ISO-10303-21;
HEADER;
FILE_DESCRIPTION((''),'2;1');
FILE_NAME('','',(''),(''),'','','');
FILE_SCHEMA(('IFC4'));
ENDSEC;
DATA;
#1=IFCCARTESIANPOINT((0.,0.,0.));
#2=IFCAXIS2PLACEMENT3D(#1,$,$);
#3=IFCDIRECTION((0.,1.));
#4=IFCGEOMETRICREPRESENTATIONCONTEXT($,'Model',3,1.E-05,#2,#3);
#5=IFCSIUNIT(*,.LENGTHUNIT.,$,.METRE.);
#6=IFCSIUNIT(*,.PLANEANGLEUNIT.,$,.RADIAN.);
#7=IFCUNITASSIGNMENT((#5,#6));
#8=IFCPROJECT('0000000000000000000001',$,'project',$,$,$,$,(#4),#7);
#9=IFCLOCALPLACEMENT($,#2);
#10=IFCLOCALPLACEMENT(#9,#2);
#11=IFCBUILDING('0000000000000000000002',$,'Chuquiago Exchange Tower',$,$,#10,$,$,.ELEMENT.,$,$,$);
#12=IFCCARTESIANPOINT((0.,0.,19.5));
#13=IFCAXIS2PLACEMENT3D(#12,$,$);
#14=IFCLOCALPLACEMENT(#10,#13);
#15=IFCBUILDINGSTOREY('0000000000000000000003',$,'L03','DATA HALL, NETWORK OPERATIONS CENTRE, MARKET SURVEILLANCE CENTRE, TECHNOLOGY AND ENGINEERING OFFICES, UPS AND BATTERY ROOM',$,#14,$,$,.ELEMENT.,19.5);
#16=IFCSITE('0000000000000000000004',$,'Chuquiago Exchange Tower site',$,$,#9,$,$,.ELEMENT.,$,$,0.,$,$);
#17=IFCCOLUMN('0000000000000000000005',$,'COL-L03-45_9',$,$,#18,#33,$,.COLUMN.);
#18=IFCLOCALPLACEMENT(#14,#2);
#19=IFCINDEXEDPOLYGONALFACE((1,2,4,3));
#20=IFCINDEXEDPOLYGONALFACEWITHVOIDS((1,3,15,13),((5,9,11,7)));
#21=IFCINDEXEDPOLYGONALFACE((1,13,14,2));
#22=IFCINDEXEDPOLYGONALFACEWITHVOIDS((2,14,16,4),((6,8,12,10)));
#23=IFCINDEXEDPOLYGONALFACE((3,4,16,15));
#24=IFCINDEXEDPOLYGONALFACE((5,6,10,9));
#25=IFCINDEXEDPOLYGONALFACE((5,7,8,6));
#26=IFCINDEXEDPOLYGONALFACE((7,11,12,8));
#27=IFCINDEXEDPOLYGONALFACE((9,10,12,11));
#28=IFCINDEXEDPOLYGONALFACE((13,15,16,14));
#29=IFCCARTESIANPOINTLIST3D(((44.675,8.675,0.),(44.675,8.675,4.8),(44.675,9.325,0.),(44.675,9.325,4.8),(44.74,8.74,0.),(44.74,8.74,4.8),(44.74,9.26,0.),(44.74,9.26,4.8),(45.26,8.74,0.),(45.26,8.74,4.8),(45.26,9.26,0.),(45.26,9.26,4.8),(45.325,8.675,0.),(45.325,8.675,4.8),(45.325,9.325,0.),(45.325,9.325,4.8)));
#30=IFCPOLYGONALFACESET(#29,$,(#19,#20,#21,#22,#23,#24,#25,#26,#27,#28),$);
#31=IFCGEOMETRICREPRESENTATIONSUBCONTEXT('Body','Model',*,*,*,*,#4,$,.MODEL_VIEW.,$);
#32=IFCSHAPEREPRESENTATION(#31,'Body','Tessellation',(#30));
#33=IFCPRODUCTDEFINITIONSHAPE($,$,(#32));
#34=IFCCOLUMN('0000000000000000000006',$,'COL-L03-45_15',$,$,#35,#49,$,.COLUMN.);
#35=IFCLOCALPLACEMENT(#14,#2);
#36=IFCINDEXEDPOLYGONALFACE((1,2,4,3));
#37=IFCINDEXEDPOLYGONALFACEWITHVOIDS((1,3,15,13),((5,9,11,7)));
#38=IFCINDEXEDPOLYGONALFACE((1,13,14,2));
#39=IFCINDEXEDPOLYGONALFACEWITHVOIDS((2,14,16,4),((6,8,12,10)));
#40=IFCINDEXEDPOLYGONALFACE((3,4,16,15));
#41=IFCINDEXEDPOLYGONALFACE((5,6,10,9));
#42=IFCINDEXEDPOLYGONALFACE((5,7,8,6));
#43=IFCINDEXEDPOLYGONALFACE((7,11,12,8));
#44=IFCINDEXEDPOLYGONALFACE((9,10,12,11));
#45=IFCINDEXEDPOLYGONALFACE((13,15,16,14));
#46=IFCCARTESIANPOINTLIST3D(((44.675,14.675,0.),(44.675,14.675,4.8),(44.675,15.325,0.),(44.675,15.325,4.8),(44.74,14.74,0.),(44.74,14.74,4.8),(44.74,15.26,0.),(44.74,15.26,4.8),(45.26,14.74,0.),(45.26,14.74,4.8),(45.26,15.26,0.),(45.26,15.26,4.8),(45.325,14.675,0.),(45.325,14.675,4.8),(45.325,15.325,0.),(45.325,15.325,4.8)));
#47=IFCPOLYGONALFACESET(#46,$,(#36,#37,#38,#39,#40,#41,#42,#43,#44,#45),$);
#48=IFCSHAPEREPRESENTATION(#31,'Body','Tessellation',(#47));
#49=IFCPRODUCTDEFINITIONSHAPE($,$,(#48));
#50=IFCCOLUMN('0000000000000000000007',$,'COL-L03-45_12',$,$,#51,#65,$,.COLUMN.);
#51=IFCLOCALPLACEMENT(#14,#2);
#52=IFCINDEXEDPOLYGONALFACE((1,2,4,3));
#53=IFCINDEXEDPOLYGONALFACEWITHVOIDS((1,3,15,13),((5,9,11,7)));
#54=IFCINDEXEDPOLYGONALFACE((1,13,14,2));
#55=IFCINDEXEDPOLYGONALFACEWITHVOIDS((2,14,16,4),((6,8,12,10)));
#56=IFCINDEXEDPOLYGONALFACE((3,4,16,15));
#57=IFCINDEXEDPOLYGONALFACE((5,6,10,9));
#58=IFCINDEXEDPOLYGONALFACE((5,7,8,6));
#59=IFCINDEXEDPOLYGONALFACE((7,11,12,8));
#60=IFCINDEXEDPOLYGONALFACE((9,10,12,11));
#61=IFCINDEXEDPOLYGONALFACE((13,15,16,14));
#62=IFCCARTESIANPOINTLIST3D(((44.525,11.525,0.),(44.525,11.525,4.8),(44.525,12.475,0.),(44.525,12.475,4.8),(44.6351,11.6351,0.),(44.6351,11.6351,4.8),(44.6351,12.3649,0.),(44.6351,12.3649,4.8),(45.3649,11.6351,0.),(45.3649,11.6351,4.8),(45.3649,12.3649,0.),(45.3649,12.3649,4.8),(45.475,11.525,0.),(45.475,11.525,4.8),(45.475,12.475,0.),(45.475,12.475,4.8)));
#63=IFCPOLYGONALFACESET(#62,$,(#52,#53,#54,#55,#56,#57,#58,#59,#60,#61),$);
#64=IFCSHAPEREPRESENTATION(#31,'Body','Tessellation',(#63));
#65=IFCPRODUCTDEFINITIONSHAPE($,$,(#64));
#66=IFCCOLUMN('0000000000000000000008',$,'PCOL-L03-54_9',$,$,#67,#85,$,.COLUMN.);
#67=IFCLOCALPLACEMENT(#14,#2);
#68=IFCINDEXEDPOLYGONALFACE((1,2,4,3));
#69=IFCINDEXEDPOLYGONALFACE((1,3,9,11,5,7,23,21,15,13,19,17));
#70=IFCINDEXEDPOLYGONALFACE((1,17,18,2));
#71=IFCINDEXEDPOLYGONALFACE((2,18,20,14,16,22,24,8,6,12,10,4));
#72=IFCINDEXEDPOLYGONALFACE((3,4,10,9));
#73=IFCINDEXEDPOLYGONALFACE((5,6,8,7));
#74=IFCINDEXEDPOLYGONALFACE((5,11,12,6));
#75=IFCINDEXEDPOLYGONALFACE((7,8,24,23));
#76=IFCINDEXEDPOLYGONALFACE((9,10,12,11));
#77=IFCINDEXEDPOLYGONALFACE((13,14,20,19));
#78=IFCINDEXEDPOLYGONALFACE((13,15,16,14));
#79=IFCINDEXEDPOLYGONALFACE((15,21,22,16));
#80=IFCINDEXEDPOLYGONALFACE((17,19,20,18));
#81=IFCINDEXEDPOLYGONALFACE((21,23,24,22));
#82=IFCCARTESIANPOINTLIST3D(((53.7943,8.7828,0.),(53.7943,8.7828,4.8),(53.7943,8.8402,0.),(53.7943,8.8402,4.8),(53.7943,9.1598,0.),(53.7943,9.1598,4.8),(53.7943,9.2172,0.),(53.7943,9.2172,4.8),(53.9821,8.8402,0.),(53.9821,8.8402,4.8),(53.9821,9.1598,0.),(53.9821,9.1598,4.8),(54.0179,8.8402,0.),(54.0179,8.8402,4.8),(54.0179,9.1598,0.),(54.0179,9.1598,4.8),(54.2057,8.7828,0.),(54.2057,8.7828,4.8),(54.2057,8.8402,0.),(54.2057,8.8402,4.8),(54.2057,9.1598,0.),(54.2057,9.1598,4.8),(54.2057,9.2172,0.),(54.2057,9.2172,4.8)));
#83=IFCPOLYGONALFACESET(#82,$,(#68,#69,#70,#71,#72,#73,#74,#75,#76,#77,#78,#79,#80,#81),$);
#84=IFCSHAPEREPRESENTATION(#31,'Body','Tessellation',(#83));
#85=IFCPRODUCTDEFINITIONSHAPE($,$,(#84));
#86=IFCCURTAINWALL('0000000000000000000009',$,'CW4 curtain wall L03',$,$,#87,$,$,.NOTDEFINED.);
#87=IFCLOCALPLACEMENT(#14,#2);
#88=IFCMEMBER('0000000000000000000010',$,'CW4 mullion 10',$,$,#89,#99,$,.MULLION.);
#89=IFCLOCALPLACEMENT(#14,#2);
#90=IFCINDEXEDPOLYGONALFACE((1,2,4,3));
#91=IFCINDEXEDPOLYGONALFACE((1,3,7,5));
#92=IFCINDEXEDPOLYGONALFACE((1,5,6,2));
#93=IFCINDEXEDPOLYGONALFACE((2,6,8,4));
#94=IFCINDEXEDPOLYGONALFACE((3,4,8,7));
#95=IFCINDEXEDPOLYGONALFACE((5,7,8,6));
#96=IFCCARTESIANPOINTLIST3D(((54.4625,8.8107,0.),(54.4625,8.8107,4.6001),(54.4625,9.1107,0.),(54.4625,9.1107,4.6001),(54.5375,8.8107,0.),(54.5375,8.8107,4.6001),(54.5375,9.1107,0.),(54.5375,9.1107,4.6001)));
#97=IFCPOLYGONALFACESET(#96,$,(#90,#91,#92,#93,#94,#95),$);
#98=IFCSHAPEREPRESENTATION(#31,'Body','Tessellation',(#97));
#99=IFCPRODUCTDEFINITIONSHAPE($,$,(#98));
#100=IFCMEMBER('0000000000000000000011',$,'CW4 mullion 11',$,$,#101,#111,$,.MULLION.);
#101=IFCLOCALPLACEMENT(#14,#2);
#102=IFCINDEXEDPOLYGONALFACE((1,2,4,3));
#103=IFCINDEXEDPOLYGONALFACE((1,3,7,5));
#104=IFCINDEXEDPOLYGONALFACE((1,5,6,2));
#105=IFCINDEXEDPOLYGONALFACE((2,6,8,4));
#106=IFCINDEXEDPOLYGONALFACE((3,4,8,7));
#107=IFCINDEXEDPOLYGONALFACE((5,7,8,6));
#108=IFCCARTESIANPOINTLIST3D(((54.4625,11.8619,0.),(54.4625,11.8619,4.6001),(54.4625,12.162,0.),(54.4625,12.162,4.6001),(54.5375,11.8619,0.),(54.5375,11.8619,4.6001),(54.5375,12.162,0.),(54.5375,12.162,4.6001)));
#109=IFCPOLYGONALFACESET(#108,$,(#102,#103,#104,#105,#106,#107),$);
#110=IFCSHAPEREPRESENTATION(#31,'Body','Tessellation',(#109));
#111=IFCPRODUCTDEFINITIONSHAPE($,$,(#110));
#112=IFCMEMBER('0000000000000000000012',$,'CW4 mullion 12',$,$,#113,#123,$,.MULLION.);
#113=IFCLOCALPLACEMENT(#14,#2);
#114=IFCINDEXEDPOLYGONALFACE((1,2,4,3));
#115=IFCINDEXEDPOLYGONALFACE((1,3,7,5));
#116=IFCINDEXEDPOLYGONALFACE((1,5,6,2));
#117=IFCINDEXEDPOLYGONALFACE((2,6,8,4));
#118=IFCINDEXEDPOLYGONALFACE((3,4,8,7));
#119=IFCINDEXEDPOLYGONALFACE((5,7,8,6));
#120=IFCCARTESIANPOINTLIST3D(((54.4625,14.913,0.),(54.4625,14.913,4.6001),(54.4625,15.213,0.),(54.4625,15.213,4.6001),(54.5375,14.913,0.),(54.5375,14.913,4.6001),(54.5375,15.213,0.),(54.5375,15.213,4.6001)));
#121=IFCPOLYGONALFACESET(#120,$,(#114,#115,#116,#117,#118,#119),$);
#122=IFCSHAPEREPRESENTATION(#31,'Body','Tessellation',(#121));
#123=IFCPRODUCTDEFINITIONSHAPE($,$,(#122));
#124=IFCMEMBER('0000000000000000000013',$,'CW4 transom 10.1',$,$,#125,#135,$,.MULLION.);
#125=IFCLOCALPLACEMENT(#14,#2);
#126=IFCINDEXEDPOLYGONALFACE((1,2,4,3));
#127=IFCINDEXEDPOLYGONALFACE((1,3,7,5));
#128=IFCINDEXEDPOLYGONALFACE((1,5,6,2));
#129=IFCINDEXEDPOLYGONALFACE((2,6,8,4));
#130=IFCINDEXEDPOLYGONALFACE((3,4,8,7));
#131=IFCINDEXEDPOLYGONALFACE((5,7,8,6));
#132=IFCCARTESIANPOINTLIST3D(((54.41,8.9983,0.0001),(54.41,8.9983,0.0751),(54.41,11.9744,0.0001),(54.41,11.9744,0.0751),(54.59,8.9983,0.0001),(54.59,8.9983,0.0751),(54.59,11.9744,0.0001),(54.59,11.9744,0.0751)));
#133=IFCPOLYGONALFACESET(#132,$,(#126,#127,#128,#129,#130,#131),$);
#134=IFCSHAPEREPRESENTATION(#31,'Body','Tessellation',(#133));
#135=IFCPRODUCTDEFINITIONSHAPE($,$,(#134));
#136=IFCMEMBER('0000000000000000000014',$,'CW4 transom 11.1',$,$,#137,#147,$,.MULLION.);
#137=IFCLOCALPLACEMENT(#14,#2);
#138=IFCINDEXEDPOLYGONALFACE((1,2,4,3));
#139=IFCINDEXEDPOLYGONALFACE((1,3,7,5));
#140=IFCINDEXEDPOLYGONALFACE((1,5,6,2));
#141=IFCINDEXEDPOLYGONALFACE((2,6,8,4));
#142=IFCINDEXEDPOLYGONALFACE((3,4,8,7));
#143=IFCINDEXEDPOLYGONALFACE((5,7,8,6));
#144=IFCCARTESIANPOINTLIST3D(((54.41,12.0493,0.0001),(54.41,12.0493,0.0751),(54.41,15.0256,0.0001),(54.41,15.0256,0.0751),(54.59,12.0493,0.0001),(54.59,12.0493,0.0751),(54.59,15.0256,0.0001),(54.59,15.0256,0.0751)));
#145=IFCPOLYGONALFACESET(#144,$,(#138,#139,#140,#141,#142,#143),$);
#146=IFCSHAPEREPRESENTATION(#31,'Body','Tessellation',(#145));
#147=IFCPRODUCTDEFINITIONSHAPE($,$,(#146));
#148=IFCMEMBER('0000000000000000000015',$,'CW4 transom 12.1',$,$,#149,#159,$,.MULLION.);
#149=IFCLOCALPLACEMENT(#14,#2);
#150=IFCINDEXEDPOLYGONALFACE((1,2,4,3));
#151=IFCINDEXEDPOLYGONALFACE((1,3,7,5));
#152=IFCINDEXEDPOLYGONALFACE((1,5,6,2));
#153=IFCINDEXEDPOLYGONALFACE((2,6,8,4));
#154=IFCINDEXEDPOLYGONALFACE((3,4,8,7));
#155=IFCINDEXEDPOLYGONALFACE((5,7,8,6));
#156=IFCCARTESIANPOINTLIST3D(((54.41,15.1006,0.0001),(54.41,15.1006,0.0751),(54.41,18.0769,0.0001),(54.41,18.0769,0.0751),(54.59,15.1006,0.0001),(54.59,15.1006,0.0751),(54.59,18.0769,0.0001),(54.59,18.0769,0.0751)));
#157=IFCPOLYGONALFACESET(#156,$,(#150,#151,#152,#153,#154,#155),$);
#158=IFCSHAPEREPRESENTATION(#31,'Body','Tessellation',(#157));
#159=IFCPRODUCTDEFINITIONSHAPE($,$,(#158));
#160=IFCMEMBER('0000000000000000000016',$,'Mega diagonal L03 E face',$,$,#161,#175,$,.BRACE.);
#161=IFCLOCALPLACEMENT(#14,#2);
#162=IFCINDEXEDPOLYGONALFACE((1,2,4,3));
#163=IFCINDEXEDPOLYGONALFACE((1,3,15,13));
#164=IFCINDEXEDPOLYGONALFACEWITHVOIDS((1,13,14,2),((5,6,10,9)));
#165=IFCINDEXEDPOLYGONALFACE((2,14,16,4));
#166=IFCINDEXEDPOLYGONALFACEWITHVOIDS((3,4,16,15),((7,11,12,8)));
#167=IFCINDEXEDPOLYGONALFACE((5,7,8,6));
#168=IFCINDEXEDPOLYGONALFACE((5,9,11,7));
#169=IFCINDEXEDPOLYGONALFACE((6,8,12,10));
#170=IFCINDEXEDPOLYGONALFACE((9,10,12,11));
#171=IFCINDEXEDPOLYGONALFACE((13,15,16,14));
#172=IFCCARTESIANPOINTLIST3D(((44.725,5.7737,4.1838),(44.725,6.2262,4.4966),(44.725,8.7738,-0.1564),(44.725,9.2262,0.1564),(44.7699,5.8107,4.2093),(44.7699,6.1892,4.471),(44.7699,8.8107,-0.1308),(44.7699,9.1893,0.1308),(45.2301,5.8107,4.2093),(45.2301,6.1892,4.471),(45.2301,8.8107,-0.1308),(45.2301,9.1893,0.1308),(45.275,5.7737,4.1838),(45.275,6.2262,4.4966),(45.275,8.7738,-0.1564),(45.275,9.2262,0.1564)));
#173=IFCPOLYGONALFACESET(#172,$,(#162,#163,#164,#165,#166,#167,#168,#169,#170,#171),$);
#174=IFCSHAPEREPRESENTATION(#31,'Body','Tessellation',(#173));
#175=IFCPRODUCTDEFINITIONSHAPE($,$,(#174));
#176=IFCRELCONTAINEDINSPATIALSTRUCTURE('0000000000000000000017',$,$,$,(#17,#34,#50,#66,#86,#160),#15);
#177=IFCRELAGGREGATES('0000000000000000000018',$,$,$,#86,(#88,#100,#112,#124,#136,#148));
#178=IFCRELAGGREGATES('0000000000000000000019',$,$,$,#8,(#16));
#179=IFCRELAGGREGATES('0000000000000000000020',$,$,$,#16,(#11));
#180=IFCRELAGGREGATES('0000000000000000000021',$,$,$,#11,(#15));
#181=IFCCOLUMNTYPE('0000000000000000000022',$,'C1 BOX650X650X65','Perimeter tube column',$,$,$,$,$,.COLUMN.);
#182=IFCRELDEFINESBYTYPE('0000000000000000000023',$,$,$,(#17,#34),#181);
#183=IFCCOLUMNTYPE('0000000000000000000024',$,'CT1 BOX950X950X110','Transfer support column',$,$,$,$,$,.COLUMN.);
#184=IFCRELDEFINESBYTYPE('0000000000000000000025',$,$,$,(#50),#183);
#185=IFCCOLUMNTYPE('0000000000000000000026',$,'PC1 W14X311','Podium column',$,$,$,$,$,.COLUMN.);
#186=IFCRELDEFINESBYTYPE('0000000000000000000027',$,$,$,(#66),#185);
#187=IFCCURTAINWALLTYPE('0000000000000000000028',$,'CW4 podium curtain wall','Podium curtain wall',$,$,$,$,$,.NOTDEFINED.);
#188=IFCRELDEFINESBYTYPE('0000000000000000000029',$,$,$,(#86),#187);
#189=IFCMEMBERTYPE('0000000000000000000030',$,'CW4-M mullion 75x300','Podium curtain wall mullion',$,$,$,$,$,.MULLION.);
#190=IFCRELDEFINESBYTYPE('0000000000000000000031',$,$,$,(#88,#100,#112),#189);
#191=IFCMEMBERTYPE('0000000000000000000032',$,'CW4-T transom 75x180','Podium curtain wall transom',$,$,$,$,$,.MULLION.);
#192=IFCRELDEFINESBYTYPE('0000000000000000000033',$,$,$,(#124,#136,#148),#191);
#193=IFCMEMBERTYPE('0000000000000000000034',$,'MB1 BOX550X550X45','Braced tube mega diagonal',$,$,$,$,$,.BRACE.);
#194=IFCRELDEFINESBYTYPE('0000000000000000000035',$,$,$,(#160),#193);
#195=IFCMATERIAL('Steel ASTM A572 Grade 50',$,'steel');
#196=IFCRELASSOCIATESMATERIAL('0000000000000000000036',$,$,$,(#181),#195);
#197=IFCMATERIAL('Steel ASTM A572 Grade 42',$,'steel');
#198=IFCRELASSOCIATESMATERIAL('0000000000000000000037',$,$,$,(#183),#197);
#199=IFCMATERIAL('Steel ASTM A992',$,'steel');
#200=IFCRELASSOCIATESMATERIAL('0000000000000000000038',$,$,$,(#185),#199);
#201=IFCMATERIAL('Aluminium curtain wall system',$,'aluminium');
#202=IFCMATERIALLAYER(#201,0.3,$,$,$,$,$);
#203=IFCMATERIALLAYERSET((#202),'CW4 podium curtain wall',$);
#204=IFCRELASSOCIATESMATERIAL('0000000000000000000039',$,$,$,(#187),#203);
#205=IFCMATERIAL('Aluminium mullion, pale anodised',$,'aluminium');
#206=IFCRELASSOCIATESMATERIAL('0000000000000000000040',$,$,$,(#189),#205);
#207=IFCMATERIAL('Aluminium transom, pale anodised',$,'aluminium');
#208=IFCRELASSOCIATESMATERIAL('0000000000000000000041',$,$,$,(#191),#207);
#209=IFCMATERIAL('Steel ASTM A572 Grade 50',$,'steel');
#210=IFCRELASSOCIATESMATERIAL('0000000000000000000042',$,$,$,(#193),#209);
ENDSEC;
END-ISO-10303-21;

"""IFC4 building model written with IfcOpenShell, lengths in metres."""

from ifc_helpers import new_model, si_unit, direction, frame, origin, origin_2d, place, context, subcontext, project, spatial, rectangle, hollow_rectangle, i_section, extrude, material, layer, layer_set, material_profile, profile_set, type_object, element, aggregate, save


model = new_model("IFC4")

# Units and contexts
model_context = context("Model", 3, precision=1e-05, world=origin(), true_north=direction((0.0, 1.0)))
body_context = subcontext(model_context, "Body", "Model", "MODEL_VIEW")
ifc_project = project(units=[si_unit("LENGTHUNIT", "METRE"), si_unit("PLANEANGLEUNIT", "RADIAN")], contexts=[model_context])

# Site, building, storey
site_placement = place(None, origin())
site = spatial("IfcSite", under=ifc_project, at=site_placement, Name="Chuquiago Exchange Tower site", CompositionType="ELEMENT", RefElevation=0.0)
building_placement = place(site_placement, origin())
building = spatial("IfcBuilding", under=site, at=building_placement, Name="Chuquiago Exchange Tower", CompositionType="ELEMENT")
storey_placement = place(building_placement, frame((0.0, 0.0, 19.5)))
storey = spatial("IfcBuildingStorey", under=building, at=storey_placement, Name="L03", Description="DATA HALL, NETWORK OPERATIONS CENTRE, MARKET SURVEILLANCE CENTRE, TECHNOLOGY AND ENGINEERING OFFICES, UPS AND BATTERY ROOM", CompositionType="ELEMENT", Elevation=19.5)

# Columns
ifc_material_1 = material(Name="Steel ASTM A572 Grade 50", Category="steel")
ifc_material_profile_1 = material_profile(ifc_material_1, hollow_rectangle(XDim=0.6499, YDim=0.6499, WallThickness=0.0649, at=origin_2d()), Name="BOX650X650X65")
ifc_profile_set_1 = profile_set([ifc_material_profile_1], Name="Steel ASTM A572 Grade 50")
column_type_1 = type_object("IfcColumnType", Name="C1 BOX650X650X65", Description="Perimeter tube column", PredefinedType="COLUMN", material=ifc_profile_set_1)
for number, where, z_axis, x_axis, name in (
    (1, (45.0, 9.0, 0.0), (0.0, 0.0, 1.0), (1.0, 0.0, 0.0), "COL-L03-45_9"),
    (2, (45.0, 15.0, 0.0), (0.0, 0.0, 1.0), (1.0, 0.0, 0.0), "COL-L03-45_15"),
):
    element("IfcColumn", number, at=place(storey_placement, frame(where, z_axis=z_axis, x_axis=x_axis)), inside=storey, type_object=column_type_1, Name=name, PredefinedType="COLUMN", context=body_context, shape_type="SweptSolid", body=[
        extrude(hollow_rectangle(XDim=0.6499, YDim=0.6499, WallThickness=0.0649, at=origin_2d()), origin(), (0.0, 0.0, 1.0), 4.8),
    ])
ifc_material_2 = material(Name="Steel ASTM A572 Grade 42", Category="steel")
ifc_material_profile_2 = material_profile(ifc_material_2, hollow_rectangle(XDim=0.95, YDim=0.95, WallThickness=0.1101, at=origin_2d()), Name="BOX950X950X110")
ifc_profile_set_2 = profile_set([ifc_material_profile_2], Name="Steel ASTM A572 Grade 42")
column_type_2 = type_object("IfcColumnType", Name="CT1 BOX950X950X110", Description="Transfer support column", PredefinedType="COLUMN", material=ifc_profile_set_2)
column_1_placement = place(storey_placement, frame((45.0, 12.0, 0.0), z_axis=(0.0, 0.0, 1.0), x_axis=(1.0, 0.0, 0.0)))
element("IfcColumn", 3, at=column_1_placement, inside=storey, type_object=column_type_2, Name="COL-L03-45_12", PredefinedType="COLUMN", context=body_context, shape_type="SweptSolid", body=[
    extrude(hollow_rectangle(XDim=0.95, YDim=0.95, WallThickness=0.1101, at=origin_2d()), origin(), (0.0, 0.0, 1.0), 4.8),
])
ifc_material_3 = material(Name="Steel ASTM A992", Category="steel")
ifc_material_profile_3 = material_profile(ifc_material_3, i_section(OverallWidth=0.4114, OverallDepth=0.4343, WebThickness=0.0359, FlangeThickness=0.0574, at=origin_2d()), Name="W14X311")
ifc_profile_set_3 = profile_set([ifc_material_profile_3], Name="Steel ASTM A992")
column_type_3 = type_object("IfcColumnType", Name="PC1 W14X311", Description="Podium column", PredefinedType="COLUMN", material=ifc_profile_set_3)
column_2_placement = place(storey_placement, frame((54.0, 9.0, 0.0), z_axis=(0.0, 0.0, 1.0), x_axis=(1.0, 0.0, 0.0)))
element("IfcColumn", 4, at=column_2_placement, inside=storey, type_object=column_type_3, Name="PCOL-L03-54_9", PredefinedType="COLUMN", context=body_context, shape_type="SweptSolid", body=[
    extrude(i_section(OverallWidth=0.4114, OverallDepth=0.4343, WebThickness=0.0359, FlangeThickness=0.0574, at=origin_2d()), origin(), (0.0, 0.0, 1.0), 4.8),
])

# Curtain wall, members
ifc_material_4 = material(Name="Aluminium curtain wall system", Category="aluminium")
ifc_layer_1 = layer(ifc_material_4, 0.3)
ifc_layer_set_1 = layer_set([ifc_layer_1], Name="CW4 podium curtain wall")
curtain_wall_type = type_object("IfcCurtainWallType", Name="CW4 podium curtain wall", Description="Podium curtain wall", PredefinedType="NOTDEFINED", material=ifc_layer_set_1)
curtain_wall_placement = place(storey_placement, origin())
curtain_wall = element("IfcCurtainWall", 5, at=curtain_wall_placement, inside=storey, type_object=curtain_wall_type, Name="CW4 curtain wall L03", PredefinedType="NOTDEFINED")
ifc_material_5 = material(Name="Aluminium mullion, pale anodised", Category="aluminium")
ifc_material_profile_4 = material_profile(ifc_material_5, rectangle(XDim=0.075, YDim=0.3, at=origin_2d()), Name="AL 75x300")
ifc_profile_set_4 = profile_set([ifc_material_profile_4], Name="Aluminium mullion, pale anodised")
member_type_1 = type_object("IfcMemberType", Name="CW4-M mullion 75x300", Description="Podium curtain wall mullion", PredefinedType="MULLION", material=ifc_profile_set_4)
member_1_placement = place(storey_placement, frame((54.5, 8.9607, 0.0), z_axis=(0.0, 0.0, 1.0), x_axis=(-1.0, 0.0, 0.0)))
member_1 = element("IfcMember", 6, at=member_1_placement, type_object=member_type_1, Name="CW4 mullion 10", PredefinedType="MULLION", context=body_context, shape_type="SweptSolid", body=[
    extrude(rectangle(XDim=0.075, YDim=0.3, at=origin_2d()), origin(), (0.0, 0.0, 1.0), 4.6001),
])
member_2_placement = place(storey_placement, frame((54.5, 12.012, 0.0), z_axis=(0.0, 0.0, 1.0), x_axis=(-1.0, 0.0, 0.0)))
member_2 = element("IfcMember", 7, at=member_2_placement, type_object=member_type_1, Name="CW4 mullion 11", PredefinedType="MULLION", context=body_context, shape_type="SweptSolid", body=[
    extrude(rectangle(XDim=0.075, YDim=0.3, at=origin_2d()), origin(), (0.0, 0.0, 1.0), 4.6001),
])
member_3_placement = place(storey_placement, frame((54.5, 15.063, 0.0), z_axis=(0.0, 0.0, 1.0), x_axis=(-1.0, 0.0, 0.0)))
member_3 = element("IfcMember", 8, at=member_3_placement, type_object=member_type_1, Name="CW4 mullion 12", PredefinedType="MULLION", context=body_context, shape_type="SweptSolid", body=[
    extrude(rectangle(XDim=0.075, YDim=0.3, at=origin_2d()), origin(), (0.0, 0.0, 1.0), 4.6001),
])
ifc_material_6 = material(Name="Aluminium transom, pale anodised", Category="aluminium")
ifc_material_profile_5 = material_profile(ifc_material_6, rectangle(XDim=0.1799, YDim=0.075, at=origin_2d()), Name="AL 180x75")
ifc_profile_set_5 = profile_set([ifc_material_profile_5], Name="Aluminium transom, pale anodised")
member_type_2 = type_object("IfcMemberType", Name="CW4-T transom 75x180", Description="Podium curtain wall transom", PredefinedType="MULLION", material=ifc_profile_set_5)
member_4_placement = place(storey_placement, frame((54.5, 8.9983, 0.0376), z_axis=(0.0, 1.0, 0.0), x_axis=(-1.0, 0.0, 0.0)))
member_4 = element("IfcMember", 9, at=member_4_placement, type_object=member_type_2, Name="CW4 transom 10.1", PredefinedType="MULLION", context=body_context, shape_type="SweptSolid", body=[
    extrude(rectangle(XDim=0.1799, YDim=0.075, at=origin_2d()), origin(), (0.0, 0.0, 1.0), 2.9761),
])
member_5_placement = place(storey_placement, frame((54.5, 12.0493, 0.0376), z_axis=(0.0, 1.0, 0.0), x_axis=(-1.0, 0.0, 0.0)))
member_5 = element("IfcMember", 10, at=member_5_placement, type_object=member_type_2, Name="CW4 transom 11.1", PredefinedType="MULLION", context=body_context, shape_type="SweptSolid", body=[
    extrude(rectangle(XDim=0.1799, YDim=0.075, at=origin_2d()), origin(), (0.0, 0.0, 1.0), 2.9763),
])
member_6_placement = place(storey_placement, frame((54.5, 15.1006, 0.0376), z_axis=(0.0, 1.0, 0.0), x_axis=(-1.0, 0.0, 0.0)))
member_6 = element("IfcMember", 11, at=member_6_placement, type_object=member_type_2, Name="CW4 transom 12.1", PredefinedType="MULLION", context=body_context, shape_type="SweptSolid", body=[
    extrude(rectangle(XDim=0.1799, YDim=0.075, at=origin_2d()), origin(), (0.0, 0.0, 1.0), 2.9763),
])

# Member
ifc_material_7 = material(Name="Steel ASTM A572 Grade 50", Category="steel")
ifc_material_profile_6 = material_profile(ifc_material_7, hollow_rectangle(XDim=0.55, YDim=0.55, WallThickness=0.0449, at=origin_2d()), Name="BOX550X550X45")
ifc_profile_set_6 = profile_set([ifc_material_profile_6], Name="Steel ASTM A572 Grade 50")
member_type_3 = type_object("IfcMemberType", Name="MB1 BOX550X550X45", Description="Braced tube mega diagonal", PredefinedType="BRACE", material=ifc_profile_set_6)
member_7_placement = place(storey_placement, frame((45.0, 9.0, 0.0), z_axis=(0.0, -0.568611, 0.822607), x_axis=(1.0, 0.0, 0.0)))
element("IfcMember", 12, at=member_7_placement, inside=storey, type_object=member_type_3, Name="Mega diagonal L03 E face", PredefinedType="BRACE", context=body_context, shape_type="SweptSolid", body=[
    extrude(hollow_rectangle(XDim=0.55, YDim=0.55, WallThickness=0.0449, at=origin_2d()), origin(), (0.0, 0.0, 1.0), 5.2761),
])

aggregate(curtain_wall, [member_1, member_2, member_3, member_4, member_5, member_6])

save(model, "model.ifc")
